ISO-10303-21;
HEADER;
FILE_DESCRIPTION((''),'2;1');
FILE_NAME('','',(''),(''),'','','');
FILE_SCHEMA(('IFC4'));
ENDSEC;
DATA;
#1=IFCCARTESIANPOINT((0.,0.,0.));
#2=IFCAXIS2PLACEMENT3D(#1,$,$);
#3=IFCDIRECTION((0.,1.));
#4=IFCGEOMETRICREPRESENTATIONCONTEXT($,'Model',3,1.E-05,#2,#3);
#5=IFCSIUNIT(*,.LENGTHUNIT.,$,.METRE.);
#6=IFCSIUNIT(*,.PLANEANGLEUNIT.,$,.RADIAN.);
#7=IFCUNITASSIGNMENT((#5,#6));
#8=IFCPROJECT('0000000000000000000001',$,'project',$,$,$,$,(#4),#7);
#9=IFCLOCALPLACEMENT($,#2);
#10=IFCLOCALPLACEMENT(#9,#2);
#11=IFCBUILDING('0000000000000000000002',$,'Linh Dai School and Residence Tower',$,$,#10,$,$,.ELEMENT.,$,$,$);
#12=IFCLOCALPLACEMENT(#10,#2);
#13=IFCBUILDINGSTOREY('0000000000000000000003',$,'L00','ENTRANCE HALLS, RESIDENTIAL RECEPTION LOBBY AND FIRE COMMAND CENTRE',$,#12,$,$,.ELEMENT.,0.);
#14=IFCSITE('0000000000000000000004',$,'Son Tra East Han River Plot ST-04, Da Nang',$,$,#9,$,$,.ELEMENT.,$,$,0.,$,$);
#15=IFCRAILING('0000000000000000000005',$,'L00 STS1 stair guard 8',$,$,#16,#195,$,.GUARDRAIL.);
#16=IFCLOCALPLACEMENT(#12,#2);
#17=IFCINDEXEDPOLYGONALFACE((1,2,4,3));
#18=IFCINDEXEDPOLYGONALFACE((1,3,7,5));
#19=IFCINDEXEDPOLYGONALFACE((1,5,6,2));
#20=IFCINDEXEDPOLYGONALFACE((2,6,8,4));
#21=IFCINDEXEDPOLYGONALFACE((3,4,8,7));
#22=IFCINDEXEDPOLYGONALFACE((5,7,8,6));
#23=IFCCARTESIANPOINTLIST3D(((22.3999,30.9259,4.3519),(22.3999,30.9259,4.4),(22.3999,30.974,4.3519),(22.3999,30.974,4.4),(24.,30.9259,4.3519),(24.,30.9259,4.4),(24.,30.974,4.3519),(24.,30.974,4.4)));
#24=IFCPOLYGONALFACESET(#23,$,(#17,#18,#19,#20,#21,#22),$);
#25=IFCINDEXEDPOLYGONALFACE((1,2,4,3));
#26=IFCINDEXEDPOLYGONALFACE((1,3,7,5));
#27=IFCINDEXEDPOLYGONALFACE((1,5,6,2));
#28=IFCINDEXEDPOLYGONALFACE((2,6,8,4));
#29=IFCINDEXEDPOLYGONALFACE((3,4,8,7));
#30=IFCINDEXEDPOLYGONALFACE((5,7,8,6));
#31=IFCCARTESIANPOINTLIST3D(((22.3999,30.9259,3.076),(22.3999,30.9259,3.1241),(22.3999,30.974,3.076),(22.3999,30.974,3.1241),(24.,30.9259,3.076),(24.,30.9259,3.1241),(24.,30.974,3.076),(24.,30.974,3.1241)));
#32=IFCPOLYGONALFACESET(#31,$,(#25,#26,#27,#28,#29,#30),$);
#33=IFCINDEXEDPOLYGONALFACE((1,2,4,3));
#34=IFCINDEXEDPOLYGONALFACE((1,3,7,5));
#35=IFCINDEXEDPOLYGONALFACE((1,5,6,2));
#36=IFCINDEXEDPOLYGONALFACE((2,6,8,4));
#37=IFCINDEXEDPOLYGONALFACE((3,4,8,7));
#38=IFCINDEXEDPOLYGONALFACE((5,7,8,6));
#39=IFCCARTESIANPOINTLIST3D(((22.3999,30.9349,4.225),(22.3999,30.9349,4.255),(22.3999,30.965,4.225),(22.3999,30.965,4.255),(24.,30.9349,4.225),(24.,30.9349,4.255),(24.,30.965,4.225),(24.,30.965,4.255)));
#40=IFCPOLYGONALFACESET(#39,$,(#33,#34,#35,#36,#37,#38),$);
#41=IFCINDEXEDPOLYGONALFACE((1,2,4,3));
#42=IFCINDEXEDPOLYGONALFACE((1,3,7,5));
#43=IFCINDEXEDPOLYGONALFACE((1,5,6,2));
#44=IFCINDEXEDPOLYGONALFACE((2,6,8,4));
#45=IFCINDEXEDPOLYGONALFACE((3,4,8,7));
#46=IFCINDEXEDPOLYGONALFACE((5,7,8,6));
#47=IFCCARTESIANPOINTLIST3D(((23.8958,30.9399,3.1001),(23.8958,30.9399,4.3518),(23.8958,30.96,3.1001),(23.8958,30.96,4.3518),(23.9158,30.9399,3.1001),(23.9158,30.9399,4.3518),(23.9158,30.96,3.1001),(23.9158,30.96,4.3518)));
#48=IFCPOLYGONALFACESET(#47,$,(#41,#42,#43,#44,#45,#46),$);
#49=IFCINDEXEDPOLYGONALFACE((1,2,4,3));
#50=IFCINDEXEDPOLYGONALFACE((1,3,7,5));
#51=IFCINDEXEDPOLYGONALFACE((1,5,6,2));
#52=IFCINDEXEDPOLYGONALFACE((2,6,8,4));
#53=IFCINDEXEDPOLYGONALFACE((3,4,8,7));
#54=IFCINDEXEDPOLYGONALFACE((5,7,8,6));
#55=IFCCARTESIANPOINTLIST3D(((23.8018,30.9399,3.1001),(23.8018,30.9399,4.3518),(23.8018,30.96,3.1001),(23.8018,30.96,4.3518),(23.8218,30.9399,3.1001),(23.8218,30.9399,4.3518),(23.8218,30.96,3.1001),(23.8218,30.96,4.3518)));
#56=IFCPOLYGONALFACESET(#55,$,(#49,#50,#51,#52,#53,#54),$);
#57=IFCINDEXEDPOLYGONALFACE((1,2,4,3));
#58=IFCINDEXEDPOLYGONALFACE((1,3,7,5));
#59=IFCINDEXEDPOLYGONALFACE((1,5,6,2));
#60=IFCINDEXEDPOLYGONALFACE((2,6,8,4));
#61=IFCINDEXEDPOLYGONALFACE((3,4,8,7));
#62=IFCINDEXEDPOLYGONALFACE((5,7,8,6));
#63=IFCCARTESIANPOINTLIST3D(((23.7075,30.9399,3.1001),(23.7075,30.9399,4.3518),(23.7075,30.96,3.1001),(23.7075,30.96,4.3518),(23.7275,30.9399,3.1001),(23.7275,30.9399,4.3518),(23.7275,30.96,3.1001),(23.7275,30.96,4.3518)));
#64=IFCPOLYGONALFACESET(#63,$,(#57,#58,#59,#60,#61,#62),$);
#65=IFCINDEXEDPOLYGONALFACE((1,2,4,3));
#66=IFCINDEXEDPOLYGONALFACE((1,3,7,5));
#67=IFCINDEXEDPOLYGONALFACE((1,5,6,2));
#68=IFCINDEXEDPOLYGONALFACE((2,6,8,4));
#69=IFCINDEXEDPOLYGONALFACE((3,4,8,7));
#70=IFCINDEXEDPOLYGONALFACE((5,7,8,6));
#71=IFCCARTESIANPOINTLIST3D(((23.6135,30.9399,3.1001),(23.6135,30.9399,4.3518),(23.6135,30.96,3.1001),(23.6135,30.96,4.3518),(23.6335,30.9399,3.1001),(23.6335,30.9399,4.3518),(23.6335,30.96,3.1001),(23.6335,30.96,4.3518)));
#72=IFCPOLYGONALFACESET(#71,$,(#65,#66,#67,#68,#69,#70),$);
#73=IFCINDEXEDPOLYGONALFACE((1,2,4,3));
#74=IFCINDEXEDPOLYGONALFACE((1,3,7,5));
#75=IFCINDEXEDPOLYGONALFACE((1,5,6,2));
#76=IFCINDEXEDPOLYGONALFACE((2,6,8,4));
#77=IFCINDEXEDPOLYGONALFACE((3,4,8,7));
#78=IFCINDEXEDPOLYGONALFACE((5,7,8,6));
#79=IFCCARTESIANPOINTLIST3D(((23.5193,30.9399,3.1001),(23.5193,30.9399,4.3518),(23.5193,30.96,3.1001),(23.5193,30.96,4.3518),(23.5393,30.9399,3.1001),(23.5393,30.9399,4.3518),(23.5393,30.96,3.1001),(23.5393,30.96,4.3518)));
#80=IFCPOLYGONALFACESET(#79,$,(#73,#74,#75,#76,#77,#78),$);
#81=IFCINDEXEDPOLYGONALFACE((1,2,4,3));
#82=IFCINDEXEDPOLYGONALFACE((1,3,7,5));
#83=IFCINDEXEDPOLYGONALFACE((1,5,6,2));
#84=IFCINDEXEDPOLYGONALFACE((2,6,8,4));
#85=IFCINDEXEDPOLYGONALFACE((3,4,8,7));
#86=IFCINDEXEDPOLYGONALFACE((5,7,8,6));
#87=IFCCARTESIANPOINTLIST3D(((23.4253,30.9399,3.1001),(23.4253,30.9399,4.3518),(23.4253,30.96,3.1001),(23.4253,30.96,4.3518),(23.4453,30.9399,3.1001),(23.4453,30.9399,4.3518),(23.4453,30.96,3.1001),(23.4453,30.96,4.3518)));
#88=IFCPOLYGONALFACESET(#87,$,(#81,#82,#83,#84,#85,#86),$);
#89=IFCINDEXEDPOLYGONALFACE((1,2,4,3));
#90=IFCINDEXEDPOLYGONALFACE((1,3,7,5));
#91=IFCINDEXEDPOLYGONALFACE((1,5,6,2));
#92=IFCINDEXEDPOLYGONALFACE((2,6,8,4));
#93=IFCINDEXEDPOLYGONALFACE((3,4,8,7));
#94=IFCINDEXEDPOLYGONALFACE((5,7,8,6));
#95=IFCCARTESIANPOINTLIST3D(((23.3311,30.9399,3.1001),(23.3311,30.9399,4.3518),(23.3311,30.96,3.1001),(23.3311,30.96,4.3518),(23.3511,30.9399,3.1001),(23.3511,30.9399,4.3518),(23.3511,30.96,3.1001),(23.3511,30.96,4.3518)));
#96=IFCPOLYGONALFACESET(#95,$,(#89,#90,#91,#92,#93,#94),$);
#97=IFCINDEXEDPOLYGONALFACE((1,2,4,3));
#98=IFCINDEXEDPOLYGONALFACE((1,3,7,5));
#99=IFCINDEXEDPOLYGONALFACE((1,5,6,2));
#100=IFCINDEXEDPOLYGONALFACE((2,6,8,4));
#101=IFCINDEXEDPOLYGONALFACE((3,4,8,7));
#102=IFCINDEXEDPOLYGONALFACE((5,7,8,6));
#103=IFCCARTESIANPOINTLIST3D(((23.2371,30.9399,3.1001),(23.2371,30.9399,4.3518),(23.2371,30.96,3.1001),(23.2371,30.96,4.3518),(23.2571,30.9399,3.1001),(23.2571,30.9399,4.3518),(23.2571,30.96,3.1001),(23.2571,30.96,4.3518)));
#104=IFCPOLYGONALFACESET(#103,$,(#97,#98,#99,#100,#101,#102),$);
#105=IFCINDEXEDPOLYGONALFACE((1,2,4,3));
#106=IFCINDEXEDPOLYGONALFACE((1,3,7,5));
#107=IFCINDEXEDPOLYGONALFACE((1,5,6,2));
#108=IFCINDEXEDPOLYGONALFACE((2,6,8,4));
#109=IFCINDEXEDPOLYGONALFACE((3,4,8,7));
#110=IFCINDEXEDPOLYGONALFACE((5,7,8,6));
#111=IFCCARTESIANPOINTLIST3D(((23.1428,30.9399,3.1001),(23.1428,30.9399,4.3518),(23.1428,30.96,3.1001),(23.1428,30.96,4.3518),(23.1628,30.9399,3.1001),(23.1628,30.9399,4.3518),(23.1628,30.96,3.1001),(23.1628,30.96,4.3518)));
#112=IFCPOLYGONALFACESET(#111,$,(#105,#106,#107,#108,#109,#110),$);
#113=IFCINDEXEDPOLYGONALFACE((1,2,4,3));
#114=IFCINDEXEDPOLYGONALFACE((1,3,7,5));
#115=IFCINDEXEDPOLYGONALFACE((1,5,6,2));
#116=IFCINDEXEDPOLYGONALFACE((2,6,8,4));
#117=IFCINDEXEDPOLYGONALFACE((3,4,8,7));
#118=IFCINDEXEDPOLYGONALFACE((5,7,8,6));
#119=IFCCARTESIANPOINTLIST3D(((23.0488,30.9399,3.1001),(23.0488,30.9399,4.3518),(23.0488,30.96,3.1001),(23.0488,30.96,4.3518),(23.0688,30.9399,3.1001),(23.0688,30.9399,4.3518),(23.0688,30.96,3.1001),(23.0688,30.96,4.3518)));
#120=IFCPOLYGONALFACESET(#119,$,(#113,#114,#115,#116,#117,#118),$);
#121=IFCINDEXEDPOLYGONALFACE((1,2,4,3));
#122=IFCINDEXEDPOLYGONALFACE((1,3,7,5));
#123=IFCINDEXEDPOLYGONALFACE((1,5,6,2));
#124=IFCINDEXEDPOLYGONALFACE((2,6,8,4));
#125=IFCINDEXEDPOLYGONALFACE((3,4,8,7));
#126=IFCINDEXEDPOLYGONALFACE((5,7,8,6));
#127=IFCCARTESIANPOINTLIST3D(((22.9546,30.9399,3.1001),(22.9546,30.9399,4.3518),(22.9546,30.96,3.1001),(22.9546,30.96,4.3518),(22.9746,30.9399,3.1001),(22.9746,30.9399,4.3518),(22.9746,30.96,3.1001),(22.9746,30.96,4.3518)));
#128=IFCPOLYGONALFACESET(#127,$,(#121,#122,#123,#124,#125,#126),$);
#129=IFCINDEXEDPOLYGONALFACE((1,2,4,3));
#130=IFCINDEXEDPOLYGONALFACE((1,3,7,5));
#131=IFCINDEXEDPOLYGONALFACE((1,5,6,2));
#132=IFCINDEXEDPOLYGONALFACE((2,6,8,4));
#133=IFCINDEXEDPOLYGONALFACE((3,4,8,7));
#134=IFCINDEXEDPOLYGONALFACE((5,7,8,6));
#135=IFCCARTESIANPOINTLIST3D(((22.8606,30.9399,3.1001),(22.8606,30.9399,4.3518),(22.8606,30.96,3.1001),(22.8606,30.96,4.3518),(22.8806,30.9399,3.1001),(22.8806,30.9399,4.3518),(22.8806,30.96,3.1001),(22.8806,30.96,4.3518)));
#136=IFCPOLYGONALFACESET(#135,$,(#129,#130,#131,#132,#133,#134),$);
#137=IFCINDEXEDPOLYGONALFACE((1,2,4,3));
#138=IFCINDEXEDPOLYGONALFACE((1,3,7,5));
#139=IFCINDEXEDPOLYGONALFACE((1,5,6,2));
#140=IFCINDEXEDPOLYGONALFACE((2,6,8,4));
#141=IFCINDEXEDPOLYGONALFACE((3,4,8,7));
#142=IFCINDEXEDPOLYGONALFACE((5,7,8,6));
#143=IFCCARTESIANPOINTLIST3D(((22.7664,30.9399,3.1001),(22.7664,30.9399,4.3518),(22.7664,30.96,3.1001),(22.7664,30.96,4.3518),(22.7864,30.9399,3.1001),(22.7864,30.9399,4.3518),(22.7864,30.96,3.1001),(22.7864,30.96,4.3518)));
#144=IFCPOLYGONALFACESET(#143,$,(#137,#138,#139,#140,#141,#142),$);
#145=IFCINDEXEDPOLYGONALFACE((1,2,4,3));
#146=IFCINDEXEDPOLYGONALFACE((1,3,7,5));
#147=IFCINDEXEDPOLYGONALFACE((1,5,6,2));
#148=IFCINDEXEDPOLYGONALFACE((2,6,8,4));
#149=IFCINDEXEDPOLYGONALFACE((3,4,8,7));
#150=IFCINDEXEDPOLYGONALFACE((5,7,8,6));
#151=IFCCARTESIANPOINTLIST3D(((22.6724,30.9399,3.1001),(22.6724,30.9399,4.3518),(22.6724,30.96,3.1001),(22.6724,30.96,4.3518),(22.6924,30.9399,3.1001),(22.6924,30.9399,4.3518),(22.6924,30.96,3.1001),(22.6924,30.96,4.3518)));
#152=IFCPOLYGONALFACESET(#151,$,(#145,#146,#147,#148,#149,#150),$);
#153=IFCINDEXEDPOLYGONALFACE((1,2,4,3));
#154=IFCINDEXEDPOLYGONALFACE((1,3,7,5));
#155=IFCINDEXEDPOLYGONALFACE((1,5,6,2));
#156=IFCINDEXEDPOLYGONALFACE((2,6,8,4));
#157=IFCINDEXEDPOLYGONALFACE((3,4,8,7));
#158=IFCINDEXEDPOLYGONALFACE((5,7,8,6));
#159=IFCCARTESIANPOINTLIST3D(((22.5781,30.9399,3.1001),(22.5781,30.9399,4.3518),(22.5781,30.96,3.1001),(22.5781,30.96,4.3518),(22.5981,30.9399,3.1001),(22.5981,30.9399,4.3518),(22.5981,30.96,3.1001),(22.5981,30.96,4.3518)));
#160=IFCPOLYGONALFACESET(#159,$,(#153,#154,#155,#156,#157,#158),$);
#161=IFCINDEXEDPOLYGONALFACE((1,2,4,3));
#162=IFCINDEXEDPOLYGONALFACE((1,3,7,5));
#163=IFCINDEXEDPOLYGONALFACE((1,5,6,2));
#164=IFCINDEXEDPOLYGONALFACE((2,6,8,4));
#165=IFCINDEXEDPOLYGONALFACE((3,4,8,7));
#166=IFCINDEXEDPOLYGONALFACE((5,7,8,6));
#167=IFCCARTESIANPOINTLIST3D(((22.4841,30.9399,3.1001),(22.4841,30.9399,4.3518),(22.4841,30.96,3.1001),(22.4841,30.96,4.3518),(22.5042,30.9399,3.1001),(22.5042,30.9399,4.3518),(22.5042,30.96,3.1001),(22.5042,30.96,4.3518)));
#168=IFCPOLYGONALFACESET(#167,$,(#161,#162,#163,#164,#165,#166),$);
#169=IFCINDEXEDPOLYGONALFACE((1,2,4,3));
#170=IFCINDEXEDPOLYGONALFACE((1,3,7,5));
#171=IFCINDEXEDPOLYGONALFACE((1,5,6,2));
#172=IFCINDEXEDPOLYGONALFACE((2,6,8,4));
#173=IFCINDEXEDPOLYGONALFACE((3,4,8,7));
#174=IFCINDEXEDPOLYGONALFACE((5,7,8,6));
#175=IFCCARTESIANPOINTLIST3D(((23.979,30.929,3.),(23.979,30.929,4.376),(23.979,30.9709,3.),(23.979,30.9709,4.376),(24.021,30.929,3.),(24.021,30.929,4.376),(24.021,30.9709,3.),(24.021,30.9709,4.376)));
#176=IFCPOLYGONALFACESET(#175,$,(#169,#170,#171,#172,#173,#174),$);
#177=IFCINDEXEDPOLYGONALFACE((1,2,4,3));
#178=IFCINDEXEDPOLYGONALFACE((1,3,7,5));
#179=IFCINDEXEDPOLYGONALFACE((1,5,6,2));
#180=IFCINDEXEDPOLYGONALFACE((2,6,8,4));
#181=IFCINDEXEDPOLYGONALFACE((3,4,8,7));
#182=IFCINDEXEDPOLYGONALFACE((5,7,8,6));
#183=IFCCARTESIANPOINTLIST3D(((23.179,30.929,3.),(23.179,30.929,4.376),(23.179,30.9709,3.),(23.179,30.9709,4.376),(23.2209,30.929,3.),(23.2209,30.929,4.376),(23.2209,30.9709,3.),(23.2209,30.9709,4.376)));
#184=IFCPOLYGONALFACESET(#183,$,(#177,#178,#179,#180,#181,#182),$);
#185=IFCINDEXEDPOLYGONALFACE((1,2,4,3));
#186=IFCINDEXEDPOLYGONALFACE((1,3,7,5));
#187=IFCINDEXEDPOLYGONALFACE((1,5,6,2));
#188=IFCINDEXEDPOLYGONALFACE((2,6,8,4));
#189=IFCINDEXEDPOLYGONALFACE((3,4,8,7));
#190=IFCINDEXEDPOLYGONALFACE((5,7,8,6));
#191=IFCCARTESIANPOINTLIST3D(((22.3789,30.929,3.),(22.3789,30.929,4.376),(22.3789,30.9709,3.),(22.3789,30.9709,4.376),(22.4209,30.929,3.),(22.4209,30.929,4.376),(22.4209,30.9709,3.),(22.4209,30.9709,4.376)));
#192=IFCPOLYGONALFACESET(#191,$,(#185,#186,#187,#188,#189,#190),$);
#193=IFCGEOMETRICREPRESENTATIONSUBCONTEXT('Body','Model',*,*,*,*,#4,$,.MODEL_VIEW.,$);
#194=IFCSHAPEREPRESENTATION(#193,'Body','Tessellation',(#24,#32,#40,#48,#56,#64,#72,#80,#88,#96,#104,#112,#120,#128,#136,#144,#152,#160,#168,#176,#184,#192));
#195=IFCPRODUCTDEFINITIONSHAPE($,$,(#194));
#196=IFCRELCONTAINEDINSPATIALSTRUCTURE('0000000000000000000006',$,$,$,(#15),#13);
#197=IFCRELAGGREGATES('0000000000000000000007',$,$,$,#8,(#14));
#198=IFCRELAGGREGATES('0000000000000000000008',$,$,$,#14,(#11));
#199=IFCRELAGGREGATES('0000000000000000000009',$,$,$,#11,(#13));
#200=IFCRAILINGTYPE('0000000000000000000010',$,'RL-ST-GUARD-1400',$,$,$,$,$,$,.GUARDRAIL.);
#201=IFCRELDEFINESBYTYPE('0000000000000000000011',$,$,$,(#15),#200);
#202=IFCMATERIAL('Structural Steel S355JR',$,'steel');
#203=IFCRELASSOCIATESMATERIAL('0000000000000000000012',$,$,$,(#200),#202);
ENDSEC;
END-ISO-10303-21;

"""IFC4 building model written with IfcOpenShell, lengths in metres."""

from ifc_helpers import new_model, si_unit, direction, frame, origin, origin_2d, place, context, subcontext, project, spatial, rectangle, extrude, source, transform, mapped, material, type_object, element, save


model = new_model("IFC4")

# Units and contexts
model_context = context("Model", 3, precision=1e-05, world=origin(), true_north=direction((0.0, 1.0)))
body_context = subcontext(model_context, "Body", "Model", "MODEL_VIEW")
ifc_project = project(units=[si_unit("LENGTHUNIT", "METRE"), si_unit("PLANEANGLEUNIT", "RADIAN")], contexts=[model_context])

# Site, building, storey
site_placement = place(None, origin())
site = spatial("IfcSite", under=ifc_project, at=site_placement, Name="Son Tra East Han River Plot ST-04, Da Nang", CompositionType="ELEMENT", RefElevation=0.0)
building_placement = place(site_placement, origin())
building = spatial("IfcBuilding", under=site, at=building_placement, Name="Linh Dai School and Residence Tower", CompositionType="ELEMENT")
storey_placement = place(building_placement, origin())
storey = spatial("IfcBuildingStorey", under=building, at=storey_placement, Name="L00", Description="ENTRANCE HALLS, RESIDENTIAL RECEPTION LOBBY AND FIRE COMMAND CENTRE", CompositionType="ELEMENT", Elevation=0.0)

# Shared definitions
ifc_material_1 = material(Name="Structural Steel S355JR", Category="steel")

# Railing
railing_type_1 = type_object("IfcRailingType", Name="RL-ST-GUARD-1400", PredefinedType="GUARDRAIL", material=ifc_material_1)
shared_shape_1 = source(origin(), body_context, "Body", "SweptSolid", [
    extrude(rectangle(XDim=0.0481, YDim=0.0481, at=origin_2d()), frame((0.0, 0.0, 1.376), z_axis=(-1.0, 0.0, 0.0), x_axis=(0.0, -1.0, 0.0)), (0.0, 0.0, 1.0), 1.6001),
    extrude(rectangle(XDim=0.0481, YDim=0.0481, at=origin_2d()), frame((0.0, 0.0, 0.1001), z_axis=(-1.0, 0.0, 0.0), x_axis=(0.0, -1.0, 0.0)), (0.0, 0.0, 1.0), 1.6001),
    extrude(rectangle(XDim=0.03, YDim=0.03, at=origin_2d()), frame((0.0, 0.0, 1.24), z_axis=(-1.0, 0.0, 0.0), x_axis=(0.0, -1.0, 0.0)), (0.0, 0.0, 1.0), 1.6001),
    extrude(rectangle(XDim=0.02, YDim=0.02, at=origin_2d()), frame((-0.0942, 0.0, 0.1001)), (0.0, 0.0, 1.0), 1.2517),
    extrude(rectangle(XDim=0.02, YDim=0.02, at=origin_2d()), frame((-0.1882, 0.0, 0.1001)), (0.0, 0.0, 1.0), 1.2517),
    extrude(rectangle(XDim=0.02, YDim=0.02, at=origin_2d()), frame((-0.2825, 0.0, 0.1001)), (0.0, 0.0, 1.0), 1.2517),
    extrude(rectangle(XDim=0.02, YDim=0.02, at=origin_2d()), frame((-0.3765, 0.0, 0.1001)), (0.0, 0.0, 1.0), 1.2517),
    extrude(rectangle(XDim=0.02, YDim=0.02, at=origin_2d()), frame((-0.4707, 0.0, 0.1001)), (0.0, 0.0, 1.0), 1.2517),
    extrude(rectangle(XDim=0.02, YDim=0.02, at=origin_2d()), frame((-0.5647, 0.0, 0.1001)), (0.0, 0.0, 1.0), 1.2517),
    extrude(rectangle(XDim=0.02, YDim=0.02, at=origin_2d()), frame((-0.6589, 0.0, 0.1001)), (0.0, 0.0, 1.0), 1.2517),
    extrude(rectangle(XDim=0.02, YDim=0.02, at=origin_2d()), frame((-0.7529, 0.0, 0.1001)), (0.0, 0.0, 1.0), 1.2517),
    extrude(rectangle(XDim=0.02, YDim=0.02, at=origin_2d()), frame((-0.8472, 0.0, 0.1001)), (0.0, 0.0, 1.0), 1.2517),
    extrude(rectangle(XDim=0.02, YDim=0.02, at=origin_2d()), frame((-0.9412, 0.0, 0.1001)), (0.0, 0.0, 1.0), 1.2517),
    extrude(rectangle(XDim=0.02, YDim=0.02, at=origin_2d()), frame((-1.0354, 0.0, 0.1001)), (0.0, 0.0, 1.0), 1.2517),
    extrude(rectangle(XDim=0.02, YDim=0.02, at=origin_2d()), frame((-1.1294, 0.0, 0.1001)), (0.0, 0.0, 1.0), 1.2517),
    extrude(rectangle(XDim=0.02, YDim=0.02, at=origin_2d()), frame((-1.2236, 0.0, 0.1001)), (0.0, 0.0, 1.0), 1.2517),
    extrude(rectangle(XDim=0.02, YDim=0.02, at=origin_2d()), frame((-1.3176, 0.0, 0.1001)), (0.0, 0.0, 1.0), 1.2517),
    extrude(rectangle(XDim=0.02, YDim=0.02, at=origin_2d()), frame((-1.4119, 0.0, 0.1001)), (0.0, 0.0, 1.0), 1.2517),
    extrude(rectangle(XDim=0.02, YDim=0.02, at=origin_2d()), frame((-1.5059, 0.0, 0.1001)), (0.0, 0.0, 1.0), 1.2517),
    extrude(rectangle(XDim=0.042, YDim=0.042, at=origin_2d()), origin(), (0.0, 0.0, 1.0), 1.376),
    extrude(rectangle(XDim=0.042, YDim=0.042, at=origin_2d()), frame((-0.8, 0.0, 0.0)), (0.0, 0.0, 1.0), 1.376),
    extrude(rectangle(XDim=0.042, YDim=0.042, at=origin_2d()), frame((-1.6001, 0.0, 0.0)), (0.0, 0.0, 1.0), 1.376),
])
for number, where, name in (
    (1, (24.0, 30.95, 3.0), "L00 STS1 stair guard 8"),
):
    element("IfcRailing", number, at=place(storey_placement, frame(where)), inside=storey, type_object=railing_type_1, Name=name, PredefinedType="GUARDRAIL", context=body_context, shape_type="MappedRepresentation", body=[
        mapped(shared_shape_1, transform((0.0, 0.0, 0.0), x_axis=(1.0, 0.0, 0.0), y_axis=(0.0, 1.0, 0.0), z_axis=(0.0, 0.0, 1.0), scale=1.0)),
    ])

save(model, "model.ifc")
